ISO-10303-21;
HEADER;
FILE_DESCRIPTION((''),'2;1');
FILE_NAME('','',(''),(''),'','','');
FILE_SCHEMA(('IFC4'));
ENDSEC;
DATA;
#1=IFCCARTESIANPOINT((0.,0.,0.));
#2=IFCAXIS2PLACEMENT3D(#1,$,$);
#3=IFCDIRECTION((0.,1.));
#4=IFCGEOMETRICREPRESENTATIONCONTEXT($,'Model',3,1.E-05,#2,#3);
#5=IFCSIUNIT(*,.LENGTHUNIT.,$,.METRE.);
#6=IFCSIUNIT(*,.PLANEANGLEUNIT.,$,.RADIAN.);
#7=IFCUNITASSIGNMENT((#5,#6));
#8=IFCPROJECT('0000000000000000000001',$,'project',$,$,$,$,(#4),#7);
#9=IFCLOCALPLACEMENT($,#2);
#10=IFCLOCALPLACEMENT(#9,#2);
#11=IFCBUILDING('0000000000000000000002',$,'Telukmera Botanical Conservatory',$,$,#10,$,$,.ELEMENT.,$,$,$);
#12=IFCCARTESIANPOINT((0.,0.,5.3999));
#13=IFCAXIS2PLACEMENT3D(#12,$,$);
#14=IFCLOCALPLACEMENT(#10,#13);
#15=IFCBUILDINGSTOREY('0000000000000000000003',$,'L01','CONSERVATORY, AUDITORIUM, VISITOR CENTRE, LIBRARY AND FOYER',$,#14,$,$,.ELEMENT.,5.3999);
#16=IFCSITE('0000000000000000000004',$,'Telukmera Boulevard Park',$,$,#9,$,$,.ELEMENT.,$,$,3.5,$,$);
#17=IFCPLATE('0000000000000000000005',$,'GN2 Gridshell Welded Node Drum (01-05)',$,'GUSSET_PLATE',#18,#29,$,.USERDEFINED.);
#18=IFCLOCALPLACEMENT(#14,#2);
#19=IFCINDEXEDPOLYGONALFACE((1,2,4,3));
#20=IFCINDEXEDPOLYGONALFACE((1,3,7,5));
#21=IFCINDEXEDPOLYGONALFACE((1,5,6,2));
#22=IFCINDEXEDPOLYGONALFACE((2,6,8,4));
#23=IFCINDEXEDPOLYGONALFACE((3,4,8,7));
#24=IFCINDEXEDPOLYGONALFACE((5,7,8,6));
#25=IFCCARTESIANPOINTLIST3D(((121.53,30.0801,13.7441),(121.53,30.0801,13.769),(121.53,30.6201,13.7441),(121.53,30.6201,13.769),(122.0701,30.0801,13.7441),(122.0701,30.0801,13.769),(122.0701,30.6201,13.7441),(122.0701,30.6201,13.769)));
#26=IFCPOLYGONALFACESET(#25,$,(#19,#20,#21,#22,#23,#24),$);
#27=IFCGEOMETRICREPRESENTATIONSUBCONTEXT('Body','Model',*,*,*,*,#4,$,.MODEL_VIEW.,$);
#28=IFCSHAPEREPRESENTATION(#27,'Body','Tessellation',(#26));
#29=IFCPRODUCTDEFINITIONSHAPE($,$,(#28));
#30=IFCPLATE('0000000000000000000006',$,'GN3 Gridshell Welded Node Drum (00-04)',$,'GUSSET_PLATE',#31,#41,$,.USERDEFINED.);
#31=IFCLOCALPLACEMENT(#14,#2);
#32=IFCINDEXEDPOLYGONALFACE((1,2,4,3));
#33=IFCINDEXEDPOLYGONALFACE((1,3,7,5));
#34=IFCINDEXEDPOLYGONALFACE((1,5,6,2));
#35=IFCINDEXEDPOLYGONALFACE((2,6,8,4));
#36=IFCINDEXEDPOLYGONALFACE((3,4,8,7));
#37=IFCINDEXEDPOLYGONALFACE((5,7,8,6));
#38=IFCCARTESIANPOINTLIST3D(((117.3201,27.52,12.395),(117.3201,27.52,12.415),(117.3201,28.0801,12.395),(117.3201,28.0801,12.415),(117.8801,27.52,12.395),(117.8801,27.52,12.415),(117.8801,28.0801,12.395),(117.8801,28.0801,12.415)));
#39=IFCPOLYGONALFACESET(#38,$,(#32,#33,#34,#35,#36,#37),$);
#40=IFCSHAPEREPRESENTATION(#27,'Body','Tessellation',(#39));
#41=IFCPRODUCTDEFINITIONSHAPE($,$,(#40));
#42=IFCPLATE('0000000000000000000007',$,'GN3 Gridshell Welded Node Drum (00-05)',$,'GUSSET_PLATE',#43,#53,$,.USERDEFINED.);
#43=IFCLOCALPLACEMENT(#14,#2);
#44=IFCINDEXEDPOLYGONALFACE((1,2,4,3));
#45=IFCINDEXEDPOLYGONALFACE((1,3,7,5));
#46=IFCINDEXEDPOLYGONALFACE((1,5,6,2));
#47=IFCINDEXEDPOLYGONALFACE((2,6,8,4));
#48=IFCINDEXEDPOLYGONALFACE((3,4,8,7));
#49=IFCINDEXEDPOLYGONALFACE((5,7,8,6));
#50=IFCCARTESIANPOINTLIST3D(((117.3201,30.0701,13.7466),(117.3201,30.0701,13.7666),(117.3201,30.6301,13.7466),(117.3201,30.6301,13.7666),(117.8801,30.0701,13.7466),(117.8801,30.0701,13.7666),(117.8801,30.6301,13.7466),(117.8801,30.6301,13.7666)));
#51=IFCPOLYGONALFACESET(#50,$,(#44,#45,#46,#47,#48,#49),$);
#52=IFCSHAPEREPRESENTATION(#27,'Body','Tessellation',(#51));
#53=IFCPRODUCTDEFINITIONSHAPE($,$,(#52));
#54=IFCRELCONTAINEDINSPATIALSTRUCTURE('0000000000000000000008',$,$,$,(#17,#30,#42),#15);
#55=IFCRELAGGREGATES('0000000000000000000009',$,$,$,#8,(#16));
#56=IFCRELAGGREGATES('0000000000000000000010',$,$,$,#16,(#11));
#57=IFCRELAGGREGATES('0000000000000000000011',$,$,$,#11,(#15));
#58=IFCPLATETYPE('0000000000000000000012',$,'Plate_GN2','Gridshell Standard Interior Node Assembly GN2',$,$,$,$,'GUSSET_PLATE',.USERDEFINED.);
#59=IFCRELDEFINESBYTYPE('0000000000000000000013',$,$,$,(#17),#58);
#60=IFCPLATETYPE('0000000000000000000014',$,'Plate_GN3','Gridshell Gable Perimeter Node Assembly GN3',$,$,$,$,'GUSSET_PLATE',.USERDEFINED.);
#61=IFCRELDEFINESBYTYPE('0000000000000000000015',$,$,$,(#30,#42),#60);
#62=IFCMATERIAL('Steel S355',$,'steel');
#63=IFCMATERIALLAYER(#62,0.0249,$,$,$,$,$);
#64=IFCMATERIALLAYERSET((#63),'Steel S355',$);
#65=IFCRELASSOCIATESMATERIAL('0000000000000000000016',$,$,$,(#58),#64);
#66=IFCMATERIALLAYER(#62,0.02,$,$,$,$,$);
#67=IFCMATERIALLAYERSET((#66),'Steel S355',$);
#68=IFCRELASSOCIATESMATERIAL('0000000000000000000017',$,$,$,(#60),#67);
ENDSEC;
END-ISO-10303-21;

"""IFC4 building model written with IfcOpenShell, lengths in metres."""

from ifc_helpers import new_model, si_unit, direction, frame, origin, origin_2d, place, context, subcontext, project, spatial, rectangle, extrude, material, layer, layer_set, type_object, element, save


model = new_model("IFC4")

# Units and contexts
model_context = context("Model", 3, precision=1e-05, world=origin(), true_north=direction((0.0, 1.0)))
body_context = subcontext(model_context, "Body", "Model", "MODEL_VIEW")
ifc_project = project(units=[si_unit("LENGTHUNIT", "METRE"), si_unit("PLANEANGLEUNIT", "RADIAN")], contexts=[model_context])

# Site, building, storey
site_placement = place(None, origin())
site = spatial("IfcSite", under=ifc_project, at=site_placement, Name="Telukmera Boulevard Park", CompositionType="ELEMENT", RefElevation=3.5)
building_placement = place(site_placement, origin())
building = spatial("IfcBuilding", under=site, at=building_placement, Name="Telukmera Botanical Conservatory", CompositionType="ELEMENT")
storey_placement = place(building_placement, frame((0.0, 0.0, 5.3999)))
storey = spatial("IfcBuildingStorey", under=building, at=storey_placement, Name="L01", Description="CONSERVATORY, AUDITORIUM, VISITOR CENTRE, LIBRARY AND FOYER", CompositionType="ELEMENT", Elevation=5.3999)

# Shared definitions
ifc_material = material(Name="Steel S355", Category="steel")

# Plates
ifc_layer_1 = layer(ifc_material, 0.0249)
ifc_layer_set_1 = layer_set([ifc_layer_1], Name="Steel S355")
plate_type_1 = type_object("IfcPlateType", Name="Plate_GN2", Description="Gridshell Standard Interior Node Assembly GN2", ElementType="GUSSET_PLATE", PredefinedType="USERDEFINED", material=ifc_layer_set_1)
for number, where, z_axis, x_axis, name in (
    (1, (121.8, 30.3501, 13.7441), (0.0, 0.0, 1.0), (1.0, 0.0, 0.0), "GN2 Gridshell Welded Node Drum (01-05)"),
):
    element("IfcPlate", number, at=place(storey_placement, frame(where, z_axis=z_axis, x_axis=x_axis)), inside=storey, type_object=plate_type_1, Name=name, ObjectType="GUSSET_PLATE", PredefinedType="USERDEFINED", context=body_context, shape_type="SweptSolid", body=[
        extrude(rectangle(XDim=0.54, YDim=0.54, at=origin_2d()), origin(), (0.0, 0.0, 1.0), 0.0249),
    ])
ifc_layer_2 = layer(ifc_material, 0.02)
ifc_layer_set_2 = layer_set([ifc_layer_2], Name="Steel S355")
plate_type_2 = type_object("IfcPlateType", Name="Plate_GN3", Description="Gridshell Gable Perimeter Node Assembly GN3", ElementType="GUSSET_PLATE", PredefinedType="USERDEFINED", material=ifc_layer_set_2)
for number, where, z_axis, x_axis, name in (
    (2, (117.6001, 27.8, 12.395), (0.0, 0.0, 1.0), (1.0, 0.0, 0.0), "GN3 Gridshell Welded Node Drum (00-04)"),
    (3, (117.6001, 30.3501, 13.7466), (0.0, 0.0, 1.0), (1.0, 0.0, 0.0), "GN3 Gridshell Welded Node Drum (00-05)"),
):
    element("IfcPlate", number, at=place(storey_placement, frame(where, z_axis=z_axis, x_axis=x_axis)), inside=storey, type_object=plate_type_2, Name=name, ObjectType="GUSSET_PLATE", PredefinedType="USERDEFINED", context=body_context, shape_type="SweptSolid", body=[
        extrude(rectangle(XDim=0.5601, YDim=0.5601, at=origin_2d()), origin(), (0.0, 0.0, 1.0), 0.02),
    ])

save(model, "model.ifc")
